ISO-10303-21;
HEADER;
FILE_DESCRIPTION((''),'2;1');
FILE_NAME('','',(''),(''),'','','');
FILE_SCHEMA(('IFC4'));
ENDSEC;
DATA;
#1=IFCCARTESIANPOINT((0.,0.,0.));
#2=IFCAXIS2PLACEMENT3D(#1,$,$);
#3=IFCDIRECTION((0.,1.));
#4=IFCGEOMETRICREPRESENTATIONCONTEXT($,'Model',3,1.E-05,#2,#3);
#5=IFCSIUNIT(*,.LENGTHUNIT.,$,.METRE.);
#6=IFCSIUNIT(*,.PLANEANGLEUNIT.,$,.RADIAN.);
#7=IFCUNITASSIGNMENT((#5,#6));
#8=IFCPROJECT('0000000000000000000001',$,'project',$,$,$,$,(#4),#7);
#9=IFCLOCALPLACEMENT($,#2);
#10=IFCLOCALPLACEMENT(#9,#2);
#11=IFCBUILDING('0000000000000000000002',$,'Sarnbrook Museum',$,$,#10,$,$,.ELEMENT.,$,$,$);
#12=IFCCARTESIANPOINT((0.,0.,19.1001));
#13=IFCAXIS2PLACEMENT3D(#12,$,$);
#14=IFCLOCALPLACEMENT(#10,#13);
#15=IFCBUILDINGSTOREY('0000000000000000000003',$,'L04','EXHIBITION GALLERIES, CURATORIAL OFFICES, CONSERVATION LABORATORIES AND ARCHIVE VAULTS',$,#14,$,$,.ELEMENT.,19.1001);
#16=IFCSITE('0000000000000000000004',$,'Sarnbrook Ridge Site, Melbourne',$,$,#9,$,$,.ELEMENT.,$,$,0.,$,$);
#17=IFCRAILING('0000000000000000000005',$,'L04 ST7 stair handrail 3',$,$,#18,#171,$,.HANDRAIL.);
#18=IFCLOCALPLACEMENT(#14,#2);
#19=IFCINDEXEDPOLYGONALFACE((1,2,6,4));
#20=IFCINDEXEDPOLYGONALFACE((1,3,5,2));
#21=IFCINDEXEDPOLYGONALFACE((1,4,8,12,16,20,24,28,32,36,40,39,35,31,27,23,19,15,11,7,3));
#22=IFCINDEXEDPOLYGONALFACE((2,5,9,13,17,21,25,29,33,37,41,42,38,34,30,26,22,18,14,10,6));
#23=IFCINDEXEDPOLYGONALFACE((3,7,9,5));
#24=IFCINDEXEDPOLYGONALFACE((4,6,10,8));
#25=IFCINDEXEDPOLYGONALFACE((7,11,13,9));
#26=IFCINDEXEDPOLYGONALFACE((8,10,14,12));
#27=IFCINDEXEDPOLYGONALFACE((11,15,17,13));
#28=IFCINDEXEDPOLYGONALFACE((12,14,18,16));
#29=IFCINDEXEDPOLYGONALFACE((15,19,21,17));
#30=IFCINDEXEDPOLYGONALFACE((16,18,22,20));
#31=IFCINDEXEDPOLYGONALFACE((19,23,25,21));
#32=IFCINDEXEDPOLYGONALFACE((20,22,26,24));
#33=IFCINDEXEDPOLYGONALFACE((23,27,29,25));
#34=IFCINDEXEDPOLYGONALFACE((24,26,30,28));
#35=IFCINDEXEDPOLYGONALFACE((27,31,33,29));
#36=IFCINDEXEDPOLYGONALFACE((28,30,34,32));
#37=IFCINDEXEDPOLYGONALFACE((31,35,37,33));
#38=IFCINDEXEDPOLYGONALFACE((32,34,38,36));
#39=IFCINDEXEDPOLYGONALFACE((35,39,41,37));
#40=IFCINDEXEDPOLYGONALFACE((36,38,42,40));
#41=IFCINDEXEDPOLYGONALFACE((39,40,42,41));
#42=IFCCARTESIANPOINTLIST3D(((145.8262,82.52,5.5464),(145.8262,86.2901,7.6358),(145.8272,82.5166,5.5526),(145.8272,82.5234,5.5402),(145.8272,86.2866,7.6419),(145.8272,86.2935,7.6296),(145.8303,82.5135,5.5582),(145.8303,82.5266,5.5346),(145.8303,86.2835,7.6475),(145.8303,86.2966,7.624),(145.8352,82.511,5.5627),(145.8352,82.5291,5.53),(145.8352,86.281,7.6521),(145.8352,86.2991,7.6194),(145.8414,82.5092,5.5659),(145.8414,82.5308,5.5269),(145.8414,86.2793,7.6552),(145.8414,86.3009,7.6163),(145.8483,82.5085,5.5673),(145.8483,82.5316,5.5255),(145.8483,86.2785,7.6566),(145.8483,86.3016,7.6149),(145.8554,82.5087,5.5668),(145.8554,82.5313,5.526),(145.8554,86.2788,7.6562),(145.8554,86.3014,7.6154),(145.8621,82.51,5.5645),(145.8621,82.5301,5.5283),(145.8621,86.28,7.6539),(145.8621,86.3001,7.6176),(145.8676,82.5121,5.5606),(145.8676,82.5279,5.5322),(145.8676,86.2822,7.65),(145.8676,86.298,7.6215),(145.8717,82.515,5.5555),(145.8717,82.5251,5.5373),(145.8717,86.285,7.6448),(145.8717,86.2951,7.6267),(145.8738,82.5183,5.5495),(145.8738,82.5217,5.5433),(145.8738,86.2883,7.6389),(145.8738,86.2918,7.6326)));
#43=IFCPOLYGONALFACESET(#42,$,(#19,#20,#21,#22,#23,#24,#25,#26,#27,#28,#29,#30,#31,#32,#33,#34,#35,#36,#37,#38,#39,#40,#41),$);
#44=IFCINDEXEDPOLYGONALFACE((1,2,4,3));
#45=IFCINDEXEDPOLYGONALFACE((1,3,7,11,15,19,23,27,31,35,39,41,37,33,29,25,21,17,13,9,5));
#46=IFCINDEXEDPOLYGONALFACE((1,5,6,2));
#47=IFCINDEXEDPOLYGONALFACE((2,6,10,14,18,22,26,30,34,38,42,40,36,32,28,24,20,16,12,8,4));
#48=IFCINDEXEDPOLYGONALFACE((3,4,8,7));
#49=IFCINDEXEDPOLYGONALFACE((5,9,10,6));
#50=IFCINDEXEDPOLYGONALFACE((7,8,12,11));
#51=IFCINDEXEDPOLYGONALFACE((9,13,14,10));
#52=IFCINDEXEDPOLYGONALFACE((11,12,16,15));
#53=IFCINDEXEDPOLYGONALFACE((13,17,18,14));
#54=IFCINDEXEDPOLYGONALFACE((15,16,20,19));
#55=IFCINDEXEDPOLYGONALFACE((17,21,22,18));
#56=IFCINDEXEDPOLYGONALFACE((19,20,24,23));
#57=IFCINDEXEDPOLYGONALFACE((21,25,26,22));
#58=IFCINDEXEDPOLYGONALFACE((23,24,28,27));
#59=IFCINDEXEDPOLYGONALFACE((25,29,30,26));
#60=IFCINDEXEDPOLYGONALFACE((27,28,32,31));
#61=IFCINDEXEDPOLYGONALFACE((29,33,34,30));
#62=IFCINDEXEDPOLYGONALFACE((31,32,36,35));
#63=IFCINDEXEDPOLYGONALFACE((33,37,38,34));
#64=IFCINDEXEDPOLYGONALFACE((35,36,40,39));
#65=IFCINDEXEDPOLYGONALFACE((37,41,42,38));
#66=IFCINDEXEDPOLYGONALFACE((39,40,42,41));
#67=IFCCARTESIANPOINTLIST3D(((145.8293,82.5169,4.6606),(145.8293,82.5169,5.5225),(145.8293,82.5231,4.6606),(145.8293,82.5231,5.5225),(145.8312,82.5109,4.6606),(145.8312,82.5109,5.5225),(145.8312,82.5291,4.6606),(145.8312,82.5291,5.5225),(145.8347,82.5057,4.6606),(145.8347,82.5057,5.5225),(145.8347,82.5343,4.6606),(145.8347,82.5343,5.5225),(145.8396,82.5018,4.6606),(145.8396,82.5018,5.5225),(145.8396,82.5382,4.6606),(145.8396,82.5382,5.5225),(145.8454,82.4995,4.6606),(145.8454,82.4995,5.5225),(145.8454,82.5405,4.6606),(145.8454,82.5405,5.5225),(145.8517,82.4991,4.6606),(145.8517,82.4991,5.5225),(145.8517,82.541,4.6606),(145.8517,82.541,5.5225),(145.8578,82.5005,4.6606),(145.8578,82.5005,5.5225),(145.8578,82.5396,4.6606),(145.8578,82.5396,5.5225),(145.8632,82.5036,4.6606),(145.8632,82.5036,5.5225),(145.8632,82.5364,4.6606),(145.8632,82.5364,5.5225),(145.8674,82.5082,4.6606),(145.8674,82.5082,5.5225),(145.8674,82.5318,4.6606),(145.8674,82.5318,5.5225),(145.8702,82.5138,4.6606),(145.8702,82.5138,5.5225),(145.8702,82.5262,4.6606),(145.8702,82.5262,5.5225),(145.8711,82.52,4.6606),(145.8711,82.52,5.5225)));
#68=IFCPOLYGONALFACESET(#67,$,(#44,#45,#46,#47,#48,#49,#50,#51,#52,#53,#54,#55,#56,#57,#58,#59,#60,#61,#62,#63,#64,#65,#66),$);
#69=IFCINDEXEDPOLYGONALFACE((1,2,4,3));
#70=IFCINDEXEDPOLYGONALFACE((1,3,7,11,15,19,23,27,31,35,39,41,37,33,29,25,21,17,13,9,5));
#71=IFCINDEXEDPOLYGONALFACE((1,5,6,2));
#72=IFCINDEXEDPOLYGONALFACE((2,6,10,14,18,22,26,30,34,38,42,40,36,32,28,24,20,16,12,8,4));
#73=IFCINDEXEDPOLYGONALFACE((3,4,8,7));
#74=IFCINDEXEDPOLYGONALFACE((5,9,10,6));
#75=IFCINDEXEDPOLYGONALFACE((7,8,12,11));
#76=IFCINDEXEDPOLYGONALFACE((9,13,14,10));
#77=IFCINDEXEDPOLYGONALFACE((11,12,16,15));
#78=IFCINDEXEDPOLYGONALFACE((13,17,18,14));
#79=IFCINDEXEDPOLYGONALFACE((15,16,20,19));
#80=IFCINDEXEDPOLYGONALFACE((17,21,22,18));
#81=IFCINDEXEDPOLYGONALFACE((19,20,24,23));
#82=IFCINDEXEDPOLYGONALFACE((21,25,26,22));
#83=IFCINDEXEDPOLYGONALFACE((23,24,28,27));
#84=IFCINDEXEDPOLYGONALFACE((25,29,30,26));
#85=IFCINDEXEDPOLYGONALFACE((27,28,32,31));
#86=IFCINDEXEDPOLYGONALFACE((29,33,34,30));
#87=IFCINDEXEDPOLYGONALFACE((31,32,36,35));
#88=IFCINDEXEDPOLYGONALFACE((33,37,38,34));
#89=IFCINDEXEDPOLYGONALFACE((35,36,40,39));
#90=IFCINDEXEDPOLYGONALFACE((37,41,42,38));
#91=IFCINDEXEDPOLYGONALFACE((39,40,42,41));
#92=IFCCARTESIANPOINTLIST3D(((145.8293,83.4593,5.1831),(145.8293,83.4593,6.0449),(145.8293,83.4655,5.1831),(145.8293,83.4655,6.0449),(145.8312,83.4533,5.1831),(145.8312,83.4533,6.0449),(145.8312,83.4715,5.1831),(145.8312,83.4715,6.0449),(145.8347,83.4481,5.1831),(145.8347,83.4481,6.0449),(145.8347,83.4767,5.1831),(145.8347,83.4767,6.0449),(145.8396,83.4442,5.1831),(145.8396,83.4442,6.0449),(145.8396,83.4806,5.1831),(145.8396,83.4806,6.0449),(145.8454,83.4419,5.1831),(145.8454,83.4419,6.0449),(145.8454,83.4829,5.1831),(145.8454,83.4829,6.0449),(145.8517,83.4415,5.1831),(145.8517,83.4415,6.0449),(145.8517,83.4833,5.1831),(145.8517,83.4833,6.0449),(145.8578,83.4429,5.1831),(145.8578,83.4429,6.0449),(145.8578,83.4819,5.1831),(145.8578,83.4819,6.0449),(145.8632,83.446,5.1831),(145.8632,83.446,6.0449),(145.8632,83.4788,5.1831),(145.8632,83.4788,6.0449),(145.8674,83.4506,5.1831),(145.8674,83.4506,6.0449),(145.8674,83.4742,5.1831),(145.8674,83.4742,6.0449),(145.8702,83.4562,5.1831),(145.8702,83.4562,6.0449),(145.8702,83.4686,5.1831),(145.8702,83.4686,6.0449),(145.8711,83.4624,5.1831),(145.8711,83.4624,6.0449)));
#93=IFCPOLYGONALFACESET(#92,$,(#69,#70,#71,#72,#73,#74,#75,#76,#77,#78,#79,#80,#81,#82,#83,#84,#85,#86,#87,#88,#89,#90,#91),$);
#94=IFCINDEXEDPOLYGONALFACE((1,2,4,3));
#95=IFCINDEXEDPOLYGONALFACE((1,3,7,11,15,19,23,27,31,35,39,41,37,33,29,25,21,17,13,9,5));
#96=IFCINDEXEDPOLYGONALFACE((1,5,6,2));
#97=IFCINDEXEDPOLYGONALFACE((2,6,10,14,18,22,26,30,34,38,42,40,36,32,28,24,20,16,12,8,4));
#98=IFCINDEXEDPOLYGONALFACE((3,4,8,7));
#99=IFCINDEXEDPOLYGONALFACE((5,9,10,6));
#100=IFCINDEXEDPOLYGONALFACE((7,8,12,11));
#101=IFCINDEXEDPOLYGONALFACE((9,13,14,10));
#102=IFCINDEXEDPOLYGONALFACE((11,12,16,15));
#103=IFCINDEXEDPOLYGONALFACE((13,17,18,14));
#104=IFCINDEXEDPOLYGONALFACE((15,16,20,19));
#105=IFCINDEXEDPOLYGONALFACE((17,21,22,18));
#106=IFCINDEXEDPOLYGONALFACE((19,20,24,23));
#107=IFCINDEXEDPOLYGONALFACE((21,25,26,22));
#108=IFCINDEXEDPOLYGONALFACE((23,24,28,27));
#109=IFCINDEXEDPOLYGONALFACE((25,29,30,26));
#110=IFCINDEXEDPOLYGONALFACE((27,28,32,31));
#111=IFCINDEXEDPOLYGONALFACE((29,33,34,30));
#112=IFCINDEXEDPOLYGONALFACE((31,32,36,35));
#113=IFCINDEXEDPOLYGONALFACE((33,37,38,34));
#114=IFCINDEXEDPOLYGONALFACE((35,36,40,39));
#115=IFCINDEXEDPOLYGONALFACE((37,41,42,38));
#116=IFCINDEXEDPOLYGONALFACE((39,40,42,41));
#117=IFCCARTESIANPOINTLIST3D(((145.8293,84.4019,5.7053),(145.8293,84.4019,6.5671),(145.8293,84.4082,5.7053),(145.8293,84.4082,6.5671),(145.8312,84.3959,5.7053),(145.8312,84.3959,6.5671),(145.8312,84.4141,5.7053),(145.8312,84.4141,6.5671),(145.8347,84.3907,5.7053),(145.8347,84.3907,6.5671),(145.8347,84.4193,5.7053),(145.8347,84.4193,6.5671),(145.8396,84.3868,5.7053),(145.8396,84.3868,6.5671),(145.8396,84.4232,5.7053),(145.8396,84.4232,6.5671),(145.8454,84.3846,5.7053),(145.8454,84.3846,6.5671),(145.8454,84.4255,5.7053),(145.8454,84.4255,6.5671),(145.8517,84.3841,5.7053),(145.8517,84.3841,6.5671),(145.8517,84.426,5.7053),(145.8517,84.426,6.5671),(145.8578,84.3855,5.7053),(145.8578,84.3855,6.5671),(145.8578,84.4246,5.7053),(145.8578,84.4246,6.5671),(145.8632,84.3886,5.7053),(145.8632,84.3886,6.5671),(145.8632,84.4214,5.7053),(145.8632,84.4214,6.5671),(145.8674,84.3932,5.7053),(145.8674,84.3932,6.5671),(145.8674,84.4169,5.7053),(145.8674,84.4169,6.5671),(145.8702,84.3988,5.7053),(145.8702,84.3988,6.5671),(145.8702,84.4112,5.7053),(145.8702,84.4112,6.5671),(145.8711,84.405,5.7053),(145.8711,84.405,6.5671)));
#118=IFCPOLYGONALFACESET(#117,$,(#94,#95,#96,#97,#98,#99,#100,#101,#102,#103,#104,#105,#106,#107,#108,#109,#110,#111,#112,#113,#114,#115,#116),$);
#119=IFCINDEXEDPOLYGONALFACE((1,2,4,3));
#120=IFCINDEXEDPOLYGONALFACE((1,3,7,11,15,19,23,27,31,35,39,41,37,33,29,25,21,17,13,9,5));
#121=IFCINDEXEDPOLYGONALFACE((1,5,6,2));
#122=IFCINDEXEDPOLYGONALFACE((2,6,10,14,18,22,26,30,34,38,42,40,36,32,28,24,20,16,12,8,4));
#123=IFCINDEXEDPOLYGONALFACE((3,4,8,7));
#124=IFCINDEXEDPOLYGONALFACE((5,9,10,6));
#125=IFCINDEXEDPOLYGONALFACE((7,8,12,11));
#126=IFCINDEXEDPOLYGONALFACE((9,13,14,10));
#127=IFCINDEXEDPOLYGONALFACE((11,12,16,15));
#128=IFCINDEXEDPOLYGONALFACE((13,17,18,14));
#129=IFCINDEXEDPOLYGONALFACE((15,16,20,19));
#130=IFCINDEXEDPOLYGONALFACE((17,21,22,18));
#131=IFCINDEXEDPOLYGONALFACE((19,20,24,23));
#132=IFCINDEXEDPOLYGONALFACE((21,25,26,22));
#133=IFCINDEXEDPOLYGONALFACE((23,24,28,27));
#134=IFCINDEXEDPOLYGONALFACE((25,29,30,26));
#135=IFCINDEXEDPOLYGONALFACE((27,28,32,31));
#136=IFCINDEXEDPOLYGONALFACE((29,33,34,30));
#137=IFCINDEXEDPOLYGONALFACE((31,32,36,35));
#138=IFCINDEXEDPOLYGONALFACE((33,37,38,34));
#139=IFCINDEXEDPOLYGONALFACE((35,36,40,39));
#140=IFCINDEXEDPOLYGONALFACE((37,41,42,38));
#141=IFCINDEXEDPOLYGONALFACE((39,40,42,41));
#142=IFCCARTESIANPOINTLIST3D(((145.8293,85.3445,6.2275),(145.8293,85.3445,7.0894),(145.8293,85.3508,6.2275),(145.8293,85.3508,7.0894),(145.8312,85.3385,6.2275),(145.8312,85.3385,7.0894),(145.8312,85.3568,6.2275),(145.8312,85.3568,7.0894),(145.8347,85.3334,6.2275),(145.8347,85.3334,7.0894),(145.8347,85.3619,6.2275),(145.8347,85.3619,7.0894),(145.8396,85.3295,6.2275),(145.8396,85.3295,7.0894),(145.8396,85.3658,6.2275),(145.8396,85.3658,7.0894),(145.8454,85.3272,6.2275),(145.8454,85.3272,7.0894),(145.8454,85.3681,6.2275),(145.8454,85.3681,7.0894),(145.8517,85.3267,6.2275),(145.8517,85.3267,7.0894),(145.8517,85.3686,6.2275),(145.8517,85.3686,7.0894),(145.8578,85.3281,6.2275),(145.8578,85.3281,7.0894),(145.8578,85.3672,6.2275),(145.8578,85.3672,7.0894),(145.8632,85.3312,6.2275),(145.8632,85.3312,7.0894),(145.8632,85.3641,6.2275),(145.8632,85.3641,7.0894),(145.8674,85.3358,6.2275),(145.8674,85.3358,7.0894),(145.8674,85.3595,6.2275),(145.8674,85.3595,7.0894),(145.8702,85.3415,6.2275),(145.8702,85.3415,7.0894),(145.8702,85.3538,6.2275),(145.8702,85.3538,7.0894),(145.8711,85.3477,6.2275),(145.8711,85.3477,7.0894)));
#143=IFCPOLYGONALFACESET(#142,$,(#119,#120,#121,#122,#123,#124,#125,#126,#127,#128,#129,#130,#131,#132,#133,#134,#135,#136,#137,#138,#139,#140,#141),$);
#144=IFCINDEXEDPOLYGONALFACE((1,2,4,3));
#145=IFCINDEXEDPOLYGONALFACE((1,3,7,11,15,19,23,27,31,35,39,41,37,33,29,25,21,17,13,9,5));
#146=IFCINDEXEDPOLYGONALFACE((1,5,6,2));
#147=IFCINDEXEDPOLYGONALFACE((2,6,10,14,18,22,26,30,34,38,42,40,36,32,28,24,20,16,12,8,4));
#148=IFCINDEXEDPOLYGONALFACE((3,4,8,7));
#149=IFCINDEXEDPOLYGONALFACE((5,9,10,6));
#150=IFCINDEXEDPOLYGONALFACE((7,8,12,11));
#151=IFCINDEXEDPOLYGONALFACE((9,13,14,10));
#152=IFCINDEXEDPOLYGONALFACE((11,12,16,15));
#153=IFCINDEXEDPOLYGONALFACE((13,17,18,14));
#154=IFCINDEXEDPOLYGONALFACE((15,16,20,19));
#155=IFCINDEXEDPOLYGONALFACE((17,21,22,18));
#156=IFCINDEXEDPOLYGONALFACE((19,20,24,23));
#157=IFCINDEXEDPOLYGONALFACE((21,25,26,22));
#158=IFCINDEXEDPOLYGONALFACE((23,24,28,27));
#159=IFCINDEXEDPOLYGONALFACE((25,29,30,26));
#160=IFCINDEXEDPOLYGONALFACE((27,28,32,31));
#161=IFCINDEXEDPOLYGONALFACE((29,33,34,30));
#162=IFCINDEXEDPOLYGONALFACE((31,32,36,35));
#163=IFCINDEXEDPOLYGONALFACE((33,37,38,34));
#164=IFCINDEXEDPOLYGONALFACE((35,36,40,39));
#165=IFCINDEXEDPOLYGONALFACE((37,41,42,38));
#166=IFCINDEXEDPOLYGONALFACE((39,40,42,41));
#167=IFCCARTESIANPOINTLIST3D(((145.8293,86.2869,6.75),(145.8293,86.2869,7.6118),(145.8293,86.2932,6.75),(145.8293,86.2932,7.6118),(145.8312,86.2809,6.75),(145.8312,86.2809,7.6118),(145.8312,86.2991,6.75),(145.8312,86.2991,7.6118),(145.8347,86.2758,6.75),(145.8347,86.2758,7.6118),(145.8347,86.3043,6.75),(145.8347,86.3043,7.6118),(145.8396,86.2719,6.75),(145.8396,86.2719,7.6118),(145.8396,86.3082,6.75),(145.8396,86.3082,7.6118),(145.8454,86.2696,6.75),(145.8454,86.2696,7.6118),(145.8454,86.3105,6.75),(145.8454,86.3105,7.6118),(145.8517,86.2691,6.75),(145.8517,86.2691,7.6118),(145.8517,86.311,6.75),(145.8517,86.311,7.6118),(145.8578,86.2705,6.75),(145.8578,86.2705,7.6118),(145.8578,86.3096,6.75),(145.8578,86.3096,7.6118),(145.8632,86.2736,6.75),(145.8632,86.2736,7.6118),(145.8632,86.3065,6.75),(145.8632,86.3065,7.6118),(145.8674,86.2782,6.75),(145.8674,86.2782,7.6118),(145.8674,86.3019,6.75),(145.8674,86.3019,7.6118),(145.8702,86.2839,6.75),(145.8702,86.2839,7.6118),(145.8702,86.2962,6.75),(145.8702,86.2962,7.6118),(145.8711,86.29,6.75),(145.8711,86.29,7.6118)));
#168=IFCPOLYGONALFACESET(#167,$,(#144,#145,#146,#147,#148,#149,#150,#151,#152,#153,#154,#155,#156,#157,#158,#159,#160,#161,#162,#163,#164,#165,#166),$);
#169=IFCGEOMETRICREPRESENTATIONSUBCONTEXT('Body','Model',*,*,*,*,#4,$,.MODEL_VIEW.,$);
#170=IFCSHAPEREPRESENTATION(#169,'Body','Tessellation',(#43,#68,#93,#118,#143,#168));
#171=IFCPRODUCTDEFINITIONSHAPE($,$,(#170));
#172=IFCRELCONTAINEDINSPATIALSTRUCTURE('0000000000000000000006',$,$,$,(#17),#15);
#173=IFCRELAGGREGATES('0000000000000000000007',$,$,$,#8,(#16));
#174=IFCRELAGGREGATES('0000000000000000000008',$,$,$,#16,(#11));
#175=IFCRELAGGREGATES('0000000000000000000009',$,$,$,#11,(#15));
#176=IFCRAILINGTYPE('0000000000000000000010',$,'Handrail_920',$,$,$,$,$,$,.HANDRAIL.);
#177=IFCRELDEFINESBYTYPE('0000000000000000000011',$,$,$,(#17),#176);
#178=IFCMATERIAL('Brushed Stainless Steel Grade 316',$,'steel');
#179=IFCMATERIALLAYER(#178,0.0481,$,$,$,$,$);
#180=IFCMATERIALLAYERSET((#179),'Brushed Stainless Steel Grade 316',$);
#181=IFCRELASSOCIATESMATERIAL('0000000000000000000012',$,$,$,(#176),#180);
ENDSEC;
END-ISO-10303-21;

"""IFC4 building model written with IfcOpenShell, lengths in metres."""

from ifc_helpers import new_model, si_unit, direction, frame, origin, origin_2d, place, context, subcontext, project, spatial, circle, extrude, material, layer, layer_set, type_object, element, save


model = new_model("IFC4")

# Units and contexts
model_context = context("Model", 3, precision=1e-05, world=origin(), true_north=direction((0.0, 1.0)))
body_context = subcontext(model_context, "Body", "Model", "MODEL_VIEW")
ifc_project = project(units=[si_unit("LENGTHUNIT", "METRE"), si_unit("PLANEANGLEUNIT", "RADIAN")], contexts=[model_context])

# Site, building, storey
site_placement = place(None, origin())
site = spatial("IfcSite", under=ifc_project, at=site_placement, Name="Sarnbrook Ridge Site, Melbourne", CompositionType="ELEMENT", RefElevation=0.0)
building_placement = place(site_placement, origin())
building = spatial("IfcBuilding", under=site, at=building_placement, Name="Sarnbrook Museum", CompositionType="ELEMENT")
storey_placement = place(building_placement, frame((0.0, 0.0, 19.1001)))
storey = spatial("IfcBuildingStorey", under=building, at=storey_placement, Name="L04", Description="EXHIBITION GALLERIES, CURATORIAL OFFICES, CONSERVATION LABORATORIES AND ARCHIVE VAULTS", CompositionType="ELEMENT", Elevation=19.1001)

# Railing
ifc_material_1 = material(Name="Brushed Stainless Steel Grade 316", Category="steel")
ifc_layer_1 = layer(ifc_material_1, 0.0481)
ifc_layer_set_1 = layer_set([ifc_layer_1], Name="Brushed Stainless Steel Grade 316")
railing_type_1 = type_object("IfcRailingType", Name="Handrail_920", PredefinedType="HANDRAIL", material=ifc_layer_set_1)
for number, where, name in (
    (1, (145.8501, 82.52, 4.6606), "L04 ST7 stair handrail 3"),
):
    element("IfcRailing", number, at=place(storey_placement, frame(where)), inside=storey, type_object=railing_type_1, Name=name, PredefinedType="HANDRAIL", context=body_context, shape_type="SweptSolid", body=[
        extrude(circle(Radius=0.0239, at=origin_2d()), frame((0.0, 0.0, 0.8857), z_axis=(0.0, 0.874659, 0.484739), x_axis=(-1.0, 0.0, 0.0)), (0.0, 0.0, 1.0), 4.3103),
        extrude(circle(Radius=0.021, at=origin_2d()), origin(), (0.0, 0.0, 1.0), 0.8618),
        extrude(circle(Radius=0.021, at=origin_2d()), frame((0.0, 0.9424, 0.5225)), (0.0, 0.0, 1.0), 0.8618),
        extrude(circle(Radius=0.021, at=origin_2d()), frame((0.0, 1.885, 1.0447)), (0.0, 0.0, 1.0), 0.8618),
        extrude(circle(Radius=0.021, at=origin_2d()), frame((0.0, 2.8276, 1.5669)), (0.0, 0.0, 1.0), 0.8618),
        extrude(circle(Radius=0.021, at=origin_2d()), frame((0.0, 3.77, 2.0894)), (0.0, 0.0, 1.0), 0.8618),
    ])

save(model, "model.ifc")
